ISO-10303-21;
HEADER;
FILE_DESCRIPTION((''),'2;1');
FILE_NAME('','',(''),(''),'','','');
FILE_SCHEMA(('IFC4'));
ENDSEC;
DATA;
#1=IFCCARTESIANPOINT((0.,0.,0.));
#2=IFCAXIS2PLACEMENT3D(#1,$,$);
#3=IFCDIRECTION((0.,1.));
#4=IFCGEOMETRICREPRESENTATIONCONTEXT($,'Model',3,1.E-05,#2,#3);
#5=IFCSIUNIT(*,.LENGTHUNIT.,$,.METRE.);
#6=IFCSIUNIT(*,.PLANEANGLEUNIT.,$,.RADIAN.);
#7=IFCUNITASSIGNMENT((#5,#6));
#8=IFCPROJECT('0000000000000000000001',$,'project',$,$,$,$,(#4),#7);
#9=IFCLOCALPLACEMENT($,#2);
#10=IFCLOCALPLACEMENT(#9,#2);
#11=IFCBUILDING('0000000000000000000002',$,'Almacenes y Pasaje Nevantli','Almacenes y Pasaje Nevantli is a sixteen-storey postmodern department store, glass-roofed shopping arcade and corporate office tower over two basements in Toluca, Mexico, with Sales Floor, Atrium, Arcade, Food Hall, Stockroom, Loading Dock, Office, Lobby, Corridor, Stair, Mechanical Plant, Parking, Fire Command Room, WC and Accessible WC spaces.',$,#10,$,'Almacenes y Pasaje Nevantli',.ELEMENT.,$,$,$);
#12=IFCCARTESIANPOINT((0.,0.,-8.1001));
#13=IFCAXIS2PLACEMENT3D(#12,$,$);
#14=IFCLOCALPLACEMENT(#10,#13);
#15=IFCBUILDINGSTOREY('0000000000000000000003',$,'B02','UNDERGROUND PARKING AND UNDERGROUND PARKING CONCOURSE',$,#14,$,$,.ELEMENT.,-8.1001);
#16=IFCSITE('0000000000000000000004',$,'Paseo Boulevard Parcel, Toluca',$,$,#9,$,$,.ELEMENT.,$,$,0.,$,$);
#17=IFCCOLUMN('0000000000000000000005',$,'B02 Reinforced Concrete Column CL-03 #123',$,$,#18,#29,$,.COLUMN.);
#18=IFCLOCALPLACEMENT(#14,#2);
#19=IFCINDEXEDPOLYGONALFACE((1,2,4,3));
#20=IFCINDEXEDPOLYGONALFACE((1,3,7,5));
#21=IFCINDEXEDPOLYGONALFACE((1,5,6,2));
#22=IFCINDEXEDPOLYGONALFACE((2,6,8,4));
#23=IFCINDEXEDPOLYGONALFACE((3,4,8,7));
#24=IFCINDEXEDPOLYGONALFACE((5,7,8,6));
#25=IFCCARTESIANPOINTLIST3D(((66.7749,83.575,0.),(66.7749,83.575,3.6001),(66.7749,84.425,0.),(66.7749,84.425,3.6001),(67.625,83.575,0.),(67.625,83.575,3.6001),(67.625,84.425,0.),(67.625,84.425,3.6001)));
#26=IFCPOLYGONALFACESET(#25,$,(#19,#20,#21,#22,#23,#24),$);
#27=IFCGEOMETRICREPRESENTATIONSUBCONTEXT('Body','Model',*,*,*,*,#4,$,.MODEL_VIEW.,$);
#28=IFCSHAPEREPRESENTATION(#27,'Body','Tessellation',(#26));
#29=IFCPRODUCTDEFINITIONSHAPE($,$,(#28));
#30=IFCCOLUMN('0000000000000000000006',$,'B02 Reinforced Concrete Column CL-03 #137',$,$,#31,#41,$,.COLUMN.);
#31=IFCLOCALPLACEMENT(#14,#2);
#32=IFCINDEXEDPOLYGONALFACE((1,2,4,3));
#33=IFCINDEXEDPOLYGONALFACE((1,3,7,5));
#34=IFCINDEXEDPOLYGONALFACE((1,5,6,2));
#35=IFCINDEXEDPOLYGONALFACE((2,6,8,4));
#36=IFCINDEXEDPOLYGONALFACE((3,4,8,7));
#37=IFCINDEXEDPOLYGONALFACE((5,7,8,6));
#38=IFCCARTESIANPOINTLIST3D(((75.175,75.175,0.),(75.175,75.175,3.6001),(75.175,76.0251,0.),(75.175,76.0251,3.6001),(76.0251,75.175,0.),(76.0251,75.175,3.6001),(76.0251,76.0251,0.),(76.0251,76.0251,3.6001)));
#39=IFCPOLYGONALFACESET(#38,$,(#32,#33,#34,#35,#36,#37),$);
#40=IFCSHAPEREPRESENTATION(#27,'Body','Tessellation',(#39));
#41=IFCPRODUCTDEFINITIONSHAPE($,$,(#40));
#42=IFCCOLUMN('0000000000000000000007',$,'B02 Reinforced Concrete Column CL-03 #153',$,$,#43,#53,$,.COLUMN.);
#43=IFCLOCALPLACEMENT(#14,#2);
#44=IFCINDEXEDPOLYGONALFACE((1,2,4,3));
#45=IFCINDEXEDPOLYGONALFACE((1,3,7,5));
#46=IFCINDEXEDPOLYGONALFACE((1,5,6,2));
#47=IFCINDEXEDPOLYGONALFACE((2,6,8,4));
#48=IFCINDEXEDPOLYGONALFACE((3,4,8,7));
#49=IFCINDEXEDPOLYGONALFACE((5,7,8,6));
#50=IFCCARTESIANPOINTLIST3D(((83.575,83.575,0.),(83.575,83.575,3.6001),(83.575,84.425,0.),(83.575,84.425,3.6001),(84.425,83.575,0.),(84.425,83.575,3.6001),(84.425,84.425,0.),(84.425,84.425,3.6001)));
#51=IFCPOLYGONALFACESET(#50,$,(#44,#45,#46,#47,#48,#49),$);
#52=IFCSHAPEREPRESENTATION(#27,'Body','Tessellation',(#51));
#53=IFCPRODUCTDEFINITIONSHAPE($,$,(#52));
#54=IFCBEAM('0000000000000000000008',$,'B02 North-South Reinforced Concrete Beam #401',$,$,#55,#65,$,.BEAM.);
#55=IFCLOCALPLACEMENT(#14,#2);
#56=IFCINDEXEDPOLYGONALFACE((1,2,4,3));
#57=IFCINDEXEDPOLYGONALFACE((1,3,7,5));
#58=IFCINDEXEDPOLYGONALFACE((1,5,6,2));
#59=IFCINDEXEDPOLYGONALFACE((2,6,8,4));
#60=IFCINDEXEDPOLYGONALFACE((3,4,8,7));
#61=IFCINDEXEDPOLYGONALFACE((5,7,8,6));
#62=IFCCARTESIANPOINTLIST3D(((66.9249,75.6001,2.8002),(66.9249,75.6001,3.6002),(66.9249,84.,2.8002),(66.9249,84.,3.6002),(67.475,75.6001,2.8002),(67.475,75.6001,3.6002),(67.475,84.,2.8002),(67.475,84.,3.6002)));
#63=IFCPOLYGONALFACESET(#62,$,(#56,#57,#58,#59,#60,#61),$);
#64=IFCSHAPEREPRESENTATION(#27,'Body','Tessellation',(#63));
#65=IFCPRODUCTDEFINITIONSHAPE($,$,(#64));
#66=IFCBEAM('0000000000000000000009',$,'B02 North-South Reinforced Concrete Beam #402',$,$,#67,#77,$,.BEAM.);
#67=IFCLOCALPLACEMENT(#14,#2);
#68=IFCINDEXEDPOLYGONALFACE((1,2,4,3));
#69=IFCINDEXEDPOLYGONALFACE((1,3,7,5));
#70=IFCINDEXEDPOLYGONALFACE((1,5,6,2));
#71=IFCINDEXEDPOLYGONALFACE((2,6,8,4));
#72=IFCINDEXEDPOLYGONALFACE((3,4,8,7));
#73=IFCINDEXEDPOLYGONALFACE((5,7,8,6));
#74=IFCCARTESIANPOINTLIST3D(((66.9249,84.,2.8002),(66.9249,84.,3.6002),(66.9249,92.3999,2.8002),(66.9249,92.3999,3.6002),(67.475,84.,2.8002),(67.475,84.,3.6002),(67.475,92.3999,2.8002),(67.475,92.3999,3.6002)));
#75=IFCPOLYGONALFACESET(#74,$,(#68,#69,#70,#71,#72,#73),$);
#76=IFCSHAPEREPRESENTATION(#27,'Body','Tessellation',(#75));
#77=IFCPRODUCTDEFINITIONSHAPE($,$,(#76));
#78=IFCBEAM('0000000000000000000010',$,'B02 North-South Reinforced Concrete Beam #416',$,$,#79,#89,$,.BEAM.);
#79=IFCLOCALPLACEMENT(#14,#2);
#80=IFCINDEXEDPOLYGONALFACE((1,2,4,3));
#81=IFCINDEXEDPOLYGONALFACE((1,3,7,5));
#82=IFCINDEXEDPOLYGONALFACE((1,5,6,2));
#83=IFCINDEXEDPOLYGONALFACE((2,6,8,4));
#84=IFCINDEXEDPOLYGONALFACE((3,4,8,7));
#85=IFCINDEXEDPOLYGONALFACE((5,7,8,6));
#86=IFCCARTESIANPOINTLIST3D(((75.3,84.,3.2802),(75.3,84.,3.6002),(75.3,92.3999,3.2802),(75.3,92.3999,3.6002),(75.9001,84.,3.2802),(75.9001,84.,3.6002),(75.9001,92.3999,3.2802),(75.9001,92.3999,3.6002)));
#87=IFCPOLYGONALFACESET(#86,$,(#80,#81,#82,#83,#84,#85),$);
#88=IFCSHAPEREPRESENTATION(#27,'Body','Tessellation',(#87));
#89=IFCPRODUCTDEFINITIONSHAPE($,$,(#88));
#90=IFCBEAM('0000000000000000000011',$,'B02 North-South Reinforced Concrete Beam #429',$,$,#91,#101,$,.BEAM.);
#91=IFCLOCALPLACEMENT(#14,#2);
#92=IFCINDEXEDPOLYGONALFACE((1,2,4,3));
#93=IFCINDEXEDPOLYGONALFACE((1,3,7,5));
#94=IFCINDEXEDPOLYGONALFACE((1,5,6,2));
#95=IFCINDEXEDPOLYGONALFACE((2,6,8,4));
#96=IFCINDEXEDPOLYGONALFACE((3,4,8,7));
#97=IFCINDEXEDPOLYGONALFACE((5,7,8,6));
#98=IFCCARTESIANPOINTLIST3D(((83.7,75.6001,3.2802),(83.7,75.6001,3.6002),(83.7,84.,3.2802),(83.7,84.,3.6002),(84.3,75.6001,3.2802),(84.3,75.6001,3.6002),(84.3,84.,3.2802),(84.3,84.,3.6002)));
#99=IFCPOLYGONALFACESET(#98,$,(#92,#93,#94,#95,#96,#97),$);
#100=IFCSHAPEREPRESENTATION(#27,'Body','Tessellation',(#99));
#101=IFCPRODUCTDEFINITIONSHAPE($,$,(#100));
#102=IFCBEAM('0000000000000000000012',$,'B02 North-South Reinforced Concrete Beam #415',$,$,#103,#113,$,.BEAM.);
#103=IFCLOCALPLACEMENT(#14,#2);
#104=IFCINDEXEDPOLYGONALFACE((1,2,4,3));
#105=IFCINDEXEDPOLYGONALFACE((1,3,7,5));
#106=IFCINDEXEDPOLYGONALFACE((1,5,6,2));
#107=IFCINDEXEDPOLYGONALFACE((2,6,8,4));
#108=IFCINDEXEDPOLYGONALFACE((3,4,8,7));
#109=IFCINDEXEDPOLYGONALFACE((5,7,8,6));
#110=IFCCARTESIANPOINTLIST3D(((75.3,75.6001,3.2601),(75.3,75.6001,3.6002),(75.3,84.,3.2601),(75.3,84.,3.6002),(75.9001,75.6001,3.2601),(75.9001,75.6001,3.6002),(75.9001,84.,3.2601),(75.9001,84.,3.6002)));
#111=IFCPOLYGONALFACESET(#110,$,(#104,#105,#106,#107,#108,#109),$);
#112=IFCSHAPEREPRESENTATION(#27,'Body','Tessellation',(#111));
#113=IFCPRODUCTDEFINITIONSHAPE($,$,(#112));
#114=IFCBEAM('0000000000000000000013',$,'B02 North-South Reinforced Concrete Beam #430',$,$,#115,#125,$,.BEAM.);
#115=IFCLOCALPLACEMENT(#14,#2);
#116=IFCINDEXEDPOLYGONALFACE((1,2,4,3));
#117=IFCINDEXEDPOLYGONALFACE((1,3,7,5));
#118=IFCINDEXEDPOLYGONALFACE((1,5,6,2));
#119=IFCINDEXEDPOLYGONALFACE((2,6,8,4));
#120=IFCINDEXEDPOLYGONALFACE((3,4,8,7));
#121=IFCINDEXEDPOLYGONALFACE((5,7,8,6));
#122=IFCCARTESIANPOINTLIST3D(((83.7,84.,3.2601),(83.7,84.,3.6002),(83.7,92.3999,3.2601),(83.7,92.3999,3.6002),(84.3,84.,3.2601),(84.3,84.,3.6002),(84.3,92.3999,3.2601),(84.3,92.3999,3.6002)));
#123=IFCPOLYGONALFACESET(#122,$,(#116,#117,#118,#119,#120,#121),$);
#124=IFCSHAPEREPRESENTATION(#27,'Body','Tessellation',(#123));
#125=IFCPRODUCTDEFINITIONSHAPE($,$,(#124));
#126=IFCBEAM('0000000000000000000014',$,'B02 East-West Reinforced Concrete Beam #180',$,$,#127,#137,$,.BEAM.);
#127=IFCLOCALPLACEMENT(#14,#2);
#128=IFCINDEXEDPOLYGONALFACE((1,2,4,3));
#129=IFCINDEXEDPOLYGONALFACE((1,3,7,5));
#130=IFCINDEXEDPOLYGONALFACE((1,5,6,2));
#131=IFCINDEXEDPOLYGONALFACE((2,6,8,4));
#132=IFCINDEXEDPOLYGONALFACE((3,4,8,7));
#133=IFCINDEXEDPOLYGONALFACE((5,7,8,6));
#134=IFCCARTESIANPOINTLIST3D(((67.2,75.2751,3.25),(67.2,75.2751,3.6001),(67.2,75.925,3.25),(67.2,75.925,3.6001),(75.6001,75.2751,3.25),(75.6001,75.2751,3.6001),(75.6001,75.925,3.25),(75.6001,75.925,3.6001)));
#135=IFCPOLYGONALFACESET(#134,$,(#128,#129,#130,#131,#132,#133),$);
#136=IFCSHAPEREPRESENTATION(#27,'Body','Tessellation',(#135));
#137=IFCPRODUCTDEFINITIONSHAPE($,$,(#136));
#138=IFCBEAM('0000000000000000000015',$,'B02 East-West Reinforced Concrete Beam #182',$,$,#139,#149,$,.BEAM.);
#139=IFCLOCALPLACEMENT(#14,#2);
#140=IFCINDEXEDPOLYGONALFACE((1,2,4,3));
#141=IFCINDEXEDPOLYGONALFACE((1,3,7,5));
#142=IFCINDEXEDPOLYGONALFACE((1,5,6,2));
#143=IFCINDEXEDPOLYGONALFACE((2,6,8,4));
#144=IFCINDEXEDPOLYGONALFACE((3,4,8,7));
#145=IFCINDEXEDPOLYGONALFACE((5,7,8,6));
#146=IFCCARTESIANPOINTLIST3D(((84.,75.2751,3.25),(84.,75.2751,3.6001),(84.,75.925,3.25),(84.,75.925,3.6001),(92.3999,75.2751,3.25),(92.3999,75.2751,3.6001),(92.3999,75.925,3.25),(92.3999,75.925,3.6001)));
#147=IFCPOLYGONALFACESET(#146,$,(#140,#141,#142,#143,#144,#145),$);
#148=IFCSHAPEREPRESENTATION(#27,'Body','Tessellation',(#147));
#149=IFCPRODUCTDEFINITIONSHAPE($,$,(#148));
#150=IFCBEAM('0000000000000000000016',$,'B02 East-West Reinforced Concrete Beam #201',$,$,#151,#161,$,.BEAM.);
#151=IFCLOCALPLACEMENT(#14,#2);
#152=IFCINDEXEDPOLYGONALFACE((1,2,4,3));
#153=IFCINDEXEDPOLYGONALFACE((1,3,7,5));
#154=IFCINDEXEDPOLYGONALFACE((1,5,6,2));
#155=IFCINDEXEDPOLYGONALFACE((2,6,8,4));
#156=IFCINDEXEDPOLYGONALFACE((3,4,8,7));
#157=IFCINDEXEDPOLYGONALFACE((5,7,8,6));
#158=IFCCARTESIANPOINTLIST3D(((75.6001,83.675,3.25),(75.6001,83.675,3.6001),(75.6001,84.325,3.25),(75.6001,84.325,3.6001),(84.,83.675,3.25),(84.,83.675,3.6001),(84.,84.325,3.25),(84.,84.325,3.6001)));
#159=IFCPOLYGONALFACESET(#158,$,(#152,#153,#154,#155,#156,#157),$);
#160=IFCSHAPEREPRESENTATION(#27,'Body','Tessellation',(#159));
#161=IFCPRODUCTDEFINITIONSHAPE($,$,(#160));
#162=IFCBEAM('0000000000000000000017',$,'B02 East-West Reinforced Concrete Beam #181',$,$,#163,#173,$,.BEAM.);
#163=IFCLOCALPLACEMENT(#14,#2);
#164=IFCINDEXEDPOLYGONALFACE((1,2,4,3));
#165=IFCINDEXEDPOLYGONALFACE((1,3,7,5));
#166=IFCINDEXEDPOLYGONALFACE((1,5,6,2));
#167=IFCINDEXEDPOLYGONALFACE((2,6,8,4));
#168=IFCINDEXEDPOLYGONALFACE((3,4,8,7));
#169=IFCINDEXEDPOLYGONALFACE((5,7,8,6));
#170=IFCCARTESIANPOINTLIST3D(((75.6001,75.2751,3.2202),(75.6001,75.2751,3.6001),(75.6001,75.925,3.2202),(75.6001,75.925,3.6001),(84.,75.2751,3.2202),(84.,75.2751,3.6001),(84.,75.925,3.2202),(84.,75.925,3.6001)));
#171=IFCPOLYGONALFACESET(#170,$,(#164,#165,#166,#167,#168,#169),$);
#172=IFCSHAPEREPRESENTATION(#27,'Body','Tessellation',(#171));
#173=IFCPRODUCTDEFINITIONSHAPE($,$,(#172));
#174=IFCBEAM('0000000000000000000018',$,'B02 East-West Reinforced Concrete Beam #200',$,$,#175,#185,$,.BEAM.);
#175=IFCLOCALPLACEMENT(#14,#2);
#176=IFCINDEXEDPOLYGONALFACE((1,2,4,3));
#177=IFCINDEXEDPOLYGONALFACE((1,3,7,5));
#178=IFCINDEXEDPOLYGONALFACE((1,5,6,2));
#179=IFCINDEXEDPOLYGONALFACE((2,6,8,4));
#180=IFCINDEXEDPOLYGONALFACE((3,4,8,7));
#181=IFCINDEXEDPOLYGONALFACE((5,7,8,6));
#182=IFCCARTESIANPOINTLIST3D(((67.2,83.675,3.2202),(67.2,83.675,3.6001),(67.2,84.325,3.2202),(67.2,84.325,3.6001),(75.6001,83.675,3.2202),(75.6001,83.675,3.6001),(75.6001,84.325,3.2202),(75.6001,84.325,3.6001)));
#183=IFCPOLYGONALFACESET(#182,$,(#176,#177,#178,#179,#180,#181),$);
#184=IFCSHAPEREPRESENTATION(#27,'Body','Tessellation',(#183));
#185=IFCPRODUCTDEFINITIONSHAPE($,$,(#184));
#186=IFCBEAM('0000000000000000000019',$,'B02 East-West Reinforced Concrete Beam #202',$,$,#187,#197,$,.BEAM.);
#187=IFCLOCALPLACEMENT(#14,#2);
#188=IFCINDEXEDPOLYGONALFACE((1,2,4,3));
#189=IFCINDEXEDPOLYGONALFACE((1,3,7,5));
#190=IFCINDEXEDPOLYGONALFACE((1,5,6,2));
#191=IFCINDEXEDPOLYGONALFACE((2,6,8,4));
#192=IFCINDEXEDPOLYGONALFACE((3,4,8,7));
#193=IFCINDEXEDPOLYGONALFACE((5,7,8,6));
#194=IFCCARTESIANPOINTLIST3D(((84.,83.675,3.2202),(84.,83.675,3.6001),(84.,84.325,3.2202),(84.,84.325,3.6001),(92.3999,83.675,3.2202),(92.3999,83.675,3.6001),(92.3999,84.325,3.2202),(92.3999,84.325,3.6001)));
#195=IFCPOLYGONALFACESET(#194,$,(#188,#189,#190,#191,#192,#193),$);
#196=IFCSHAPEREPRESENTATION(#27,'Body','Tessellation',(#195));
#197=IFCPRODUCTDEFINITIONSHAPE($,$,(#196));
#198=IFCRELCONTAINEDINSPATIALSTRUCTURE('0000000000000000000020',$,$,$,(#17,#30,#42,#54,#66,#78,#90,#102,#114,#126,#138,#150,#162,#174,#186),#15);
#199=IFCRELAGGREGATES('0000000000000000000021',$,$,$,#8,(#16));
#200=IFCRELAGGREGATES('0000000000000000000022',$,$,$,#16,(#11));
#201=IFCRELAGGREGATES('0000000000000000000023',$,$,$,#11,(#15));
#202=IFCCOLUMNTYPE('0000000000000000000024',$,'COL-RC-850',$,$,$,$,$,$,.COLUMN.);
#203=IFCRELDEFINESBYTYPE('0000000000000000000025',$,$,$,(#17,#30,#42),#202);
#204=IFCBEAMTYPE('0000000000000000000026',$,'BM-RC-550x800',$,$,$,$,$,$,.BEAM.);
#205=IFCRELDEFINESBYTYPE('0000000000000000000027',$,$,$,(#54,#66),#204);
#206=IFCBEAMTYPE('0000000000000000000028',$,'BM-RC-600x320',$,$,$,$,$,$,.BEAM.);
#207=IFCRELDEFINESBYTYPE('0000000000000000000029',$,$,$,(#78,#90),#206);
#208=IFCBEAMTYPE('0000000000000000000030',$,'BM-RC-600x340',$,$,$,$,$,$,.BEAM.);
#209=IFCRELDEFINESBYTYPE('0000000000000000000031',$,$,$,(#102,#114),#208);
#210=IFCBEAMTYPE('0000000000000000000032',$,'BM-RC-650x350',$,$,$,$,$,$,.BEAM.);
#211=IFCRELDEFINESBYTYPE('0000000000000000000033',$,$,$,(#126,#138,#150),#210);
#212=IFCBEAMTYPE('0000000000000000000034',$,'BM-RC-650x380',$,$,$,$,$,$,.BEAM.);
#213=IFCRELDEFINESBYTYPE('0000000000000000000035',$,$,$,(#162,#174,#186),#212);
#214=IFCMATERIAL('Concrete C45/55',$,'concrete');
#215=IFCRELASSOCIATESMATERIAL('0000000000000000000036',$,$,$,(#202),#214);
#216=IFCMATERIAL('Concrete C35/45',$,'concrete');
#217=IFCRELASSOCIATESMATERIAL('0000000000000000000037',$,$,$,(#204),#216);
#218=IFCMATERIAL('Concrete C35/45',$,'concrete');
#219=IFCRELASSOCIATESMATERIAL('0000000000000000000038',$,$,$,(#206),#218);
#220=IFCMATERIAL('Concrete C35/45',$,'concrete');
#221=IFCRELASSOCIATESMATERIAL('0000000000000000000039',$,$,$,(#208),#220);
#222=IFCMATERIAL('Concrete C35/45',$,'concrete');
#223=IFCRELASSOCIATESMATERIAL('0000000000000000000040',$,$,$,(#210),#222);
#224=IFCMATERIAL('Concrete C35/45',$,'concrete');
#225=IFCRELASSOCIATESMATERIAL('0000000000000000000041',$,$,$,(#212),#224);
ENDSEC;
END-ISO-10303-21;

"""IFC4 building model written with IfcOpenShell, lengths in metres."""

from ifc_helpers import new_model, si_unit, direction, frame, origin, origin_2d, place, context, subcontext, project, spatial, rectangle, extrude, material, material_profile, profile_set, type_object, element, save


model = new_model("IFC4")

# Units and contexts
model_context = context("Model", 3, precision=1e-05, world=origin(), true_north=direction((0.0, 1.0)))
body_context = subcontext(model_context, "Body", "Model", "MODEL_VIEW")
ifc_project = project(units=[si_unit("LENGTHUNIT", "METRE"), si_unit("PLANEANGLEUNIT", "RADIAN")], contexts=[model_context])

# Site, building, storey
site_placement = place(None, origin())
site = spatial("IfcSite", under=ifc_project, at=site_placement, Name="Paseo Boulevard Parcel, Toluca", CompositionType="ELEMENT", RefElevation=0.0)
building_placement = place(site_placement, origin())
building = spatial("IfcBuilding", under=site, at=building_placement, Name="Almacenes y Pasaje Nevantli", Description="Almacenes y Pasaje Nevantli is a sixteen-storey postmodern department store, glass-roofed shopping arcade and corporate office tower over two basements in Toluca, Mexico, with Sales Floor, Atrium, Arcade, Food Hall, Stockroom, Loading Dock, Office, Lobby, Corridor, Stair, Mechanical Plant, Parking, Fire Command Room, WC and Accessible WC spaces.", LongName="Almacenes y Pasaje Nevantli", CompositionType="ELEMENT")
storey_placement = place(building_placement, frame((0.0, 0.0, -8.1001)))
storey = spatial("IfcBuildingStorey", under=building, at=storey_placement, Name="B02", Description="UNDERGROUND PARKING AND UNDERGROUND PARKING CONCOURSE", CompositionType="ELEMENT", Elevation=-8.1001)

# Columns
ifc_material_1 = material(Name="Concrete C45/55", Category="concrete")
ifc_material_profile_1 = material_profile(ifc_material_1, rectangle(XDim=0.8501, YDim=0.8501, at=origin_2d()), Name="RC-COL-850x850")
ifc_profile_set_1 = profile_set([ifc_material_profile_1], Name="Concrete C45/55")
column_type_1 = type_object("IfcColumnType", Name="COL-RC-850", PredefinedType="COLUMN", material=ifc_profile_set_1)
for number, where, z_axis, x_axis, name in (
    (1, (67.2, 84.0, 0.0), (0.0, 0.0, 1.0), (1.0, 0.0, 0.0), "B02 Reinforced Concrete Column CL-03 #123"),
    (2, (75.6001, 75.6001, 0.0), (0.0, 0.0, 1.0), (1.0, 0.0, 0.0), "B02 Reinforced Concrete Column CL-03 #137"),
    (3, (84.0, 84.0, 0.0), (0.0, 0.0, 1.0), (1.0, 0.0, 0.0), "B02 Reinforced Concrete Column CL-03 #153"),
):
    element("IfcColumn", number, at=place(storey_placement, frame(where, z_axis=z_axis, x_axis=x_axis)), inside=storey, type_object=column_type_1, Name=name, PredefinedType="COLUMN", context=body_context, shape_type="SweptSolid", body=[
        extrude(rectangle(XDim=0.8501, YDim=0.8501, at=origin_2d()), origin(), (0.0, 0.0, 1.0), 3.6001),
    ])

# Beams
ifc_material_2 = material(Name="Concrete C35/45", Category="concrete")
ifc_material_profile_2 = material_profile(ifc_material_2, rectangle(XDim=0.55, YDim=0.8, at=origin_2d()), Name="RC-BM-550x800")
ifc_profile_set_2 = profile_set([ifc_material_profile_2], Name="Concrete C35/45")
beam_type_1 = type_object("IfcBeamType", Name="BM-RC-550x800", PredefinedType="BEAM", material=ifc_profile_set_2)
for number, where, z_axis, x_axis, name in (
    (4, (67.2, 75.6001, 3.2002), (0.0, 1.0, 0.0), (-1.0, 0.0, 0.0), "B02 North-South Reinforced Concrete Beam #401"),
    (5, (67.2, 84.0, 3.2002), (0.0, 1.0, 0.0), (-1.0, 0.0, 0.0), "B02 North-South Reinforced Concrete Beam #402"),
):
    element("IfcBeam", number, at=place(storey_placement, frame(where, z_axis=z_axis, x_axis=x_axis)), inside=storey, type_object=beam_type_1, Name=name, PredefinedType="BEAM", context=body_context, shape_type="SweptSolid", body=[
        extrude(rectangle(XDim=0.55, YDim=0.8, at=origin_2d()), origin(), (0.0, 0.0, 1.0), 8.3999),
    ])
ifc_material_3 = material(Name="Concrete C35/45", Category="concrete")
ifc_material_profile_3 = material_profile(ifc_material_3, rectangle(XDim=0.6001, YDim=0.3201, at=origin_2d()), Name="RC-BM-600x320")
ifc_profile_set_3 = profile_set([ifc_material_profile_3], Name="Concrete C35/45")
beam_type_2 = type_object("IfcBeamType", Name="BM-RC-600x320", PredefinedType="BEAM", material=ifc_profile_set_3)
for number, where, z_axis, x_axis, name in (
    (6, (75.6001, 84.0, 3.4402), (0.0, 1.0, 0.0), (-1.0, 0.0, 0.0), "B02 North-South Reinforced Concrete Beam #416"),
    (7, (84.0, 75.6001, 3.4402), (0.0, 1.0, 0.0), (-1.0, 0.0, 0.0), "B02 North-South Reinforced Concrete Beam #429"),
):
    element("IfcBeam", number, at=place(storey_placement, frame(where, z_axis=z_axis, x_axis=x_axis)), inside=storey, type_object=beam_type_2, Name=name, PredefinedType="BEAM", context=body_context, shape_type="SweptSolid", body=[
        extrude(rectangle(XDim=0.6001, YDim=0.3201, at=origin_2d()), origin(), (0.0, 0.0, 1.0), 8.3999),
    ])
ifc_material_4 = material(Name="Concrete C35/45", Category="concrete")
ifc_material_profile_4 = material_profile(ifc_material_4, rectangle(XDim=0.6001, YDim=0.3401, at=origin_2d()), Name="RC-BM-600x340")
ifc_profile_set_4 = profile_set([ifc_material_profile_4], Name="Concrete C35/45")
beam_type_3 = type_object("IfcBeamType", Name="BM-RC-600x340", PredefinedType="BEAM", material=ifc_profile_set_4)
for number, where, z_axis, x_axis, name in (
    (8, (75.6001, 75.6001, 3.4302), (0.0, 1.0, 0.0), (-1.0, 0.0, 0.0), "B02 North-South Reinforced Concrete Beam #415"),
    (9, (84.0, 84.0, 3.4302), (0.0, 1.0, 0.0), (-1.0, 0.0, 0.0), "B02 North-South Reinforced Concrete Beam #430"),
):
    element("IfcBeam", number, at=place(storey_placement, frame(where, z_axis=z_axis, x_axis=x_axis)), inside=storey, type_object=beam_type_3, Name=name, PredefinedType="BEAM", context=body_context, shape_type="SweptSolid", body=[
        extrude(rectangle(XDim=0.6001, YDim=0.3401, at=origin_2d()), origin(), (0.0, 0.0, 1.0), 8.3999),
    ])
ifc_material_5 = material(Name="Concrete C35/45", Category="concrete")
ifc_material_profile_5 = material_profile(ifc_material_5, rectangle(XDim=0.6499, YDim=0.3501, at=origin_2d()), Name="RC-BM-650x350")
ifc_profile_set_5 = profile_set([ifc_material_profile_5], Name="Concrete C35/45")
beam_type_4 = type_object("IfcBeamType", Name="BM-RC-650x350", PredefinedType="BEAM", material=ifc_profile_set_5)
beam_1_placement = place(storey_placement, frame((67.2, 75.6001, 3.425), z_axis=(1.0, 0.0, 0.0), x_axis=(0.0, 1.0, 0.0)))
element("IfcBeam", 10, at=beam_1_placement, inside=storey, type_object=beam_type_4, Name="B02 East-West Reinforced Concrete Beam #180", PredefinedType="BEAM", context=body_context, shape_type="SweptSolid", body=[
    extrude(rectangle(XDim=0.6499, YDim=0.3501, at=origin_2d()), origin(), (0.0, 0.0, 1.0), 8.4001),
])
for number, where, z_axis, x_axis, name in (
    (11, (84.0, 75.6001, 3.425), (1.0, 0.0, 0.0), (0.0, 1.0, 0.0), "B02 East-West Reinforced Concrete Beam #182"),
    (12, (75.6001, 84.0, 3.425), (1.0, 0.0, 0.0), (0.0, 1.0, 0.0), "B02 East-West Reinforced Concrete Beam #201"),
):
    element("IfcBeam", number, at=place(storey_placement, frame(where, z_axis=z_axis, x_axis=x_axis)), inside=storey, type_object=beam_type_4, Name=name, PredefinedType="BEAM", context=body_context, shape_type="SweptSolid", body=[
        extrude(rectangle(XDim=0.6499, YDim=0.3501, at=origin_2d()), origin(), (0.0, 0.0, 1.0), 8.3999),
    ])
ifc_material_6 = material(Name="Concrete C35/45", Category="concrete")
ifc_material_profile_6 = material_profile(ifc_material_6, rectangle(XDim=0.6499, YDim=0.3799, at=origin_2d()), Name="RC-BM-650x380")
ifc_profile_set_6 = profile_set([ifc_material_profile_6], Name="Concrete C35/45")
beam_type_5 = type_object("IfcBeamType", Name="BM-RC-650x380", PredefinedType="BEAM", material=ifc_profile_set_6)
beam_2_placement = place(storey_placement, frame((75.6001, 75.6001, 3.4102), z_axis=(1.0, 0.0, 0.0), x_axis=(0.0, 1.0, 0.0)))
element("IfcBeam", 13, at=beam_2_placement, inside=storey, type_object=beam_type_5, Name="B02 East-West Reinforced Concrete Beam #181", PredefinedType="BEAM", context=body_context, shape_type="SweptSolid", body=[
    extrude(rectangle(XDim=0.6499, YDim=0.3799, at=origin_2d()), origin(), (0.0, 0.0, 1.0), 8.3999),
])
beam_3_placement = place(storey_placement, frame((67.2, 84.0, 3.4102), z_axis=(1.0, 0.0, 0.0), x_axis=(0.0, 1.0, 0.0)))
element("IfcBeam", 14, at=beam_3_placement, inside=storey, type_object=beam_type_5, Name="B02 East-West Reinforced Concrete Beam #200", PredefinedType="BEAM", context=body_context, shape_type="SweptSolid", body=[
    extrude(rectangle(XDim=0.6499, YDim=0.3799, at=origin_2d()), origin(), (0.0, 0.0, 1.0), 8.4001),
])
beam_4_placement = place(storey_placement, frame((84.0, 84.0, 3.4102), z_axis=(1.0, 0.0, 0.0), x_axis=(0.0, 1.0, 0.0)))
element("IfcBeam", 15, at=beam_4_placement, inside=storey, type_object=beam_type_5, Name="B02 East-West Reinforced Concrete Beam #202", PredefinedType="BEAM", context=body_context, shape_type="SweptSolid", body=[
    extrude(rectangle(XDim=0.6499, YDim=0.3799, at=origin_2d()), origin(), (0.0, 0.0, 1.0), 8.3999),
])

save(model, "model.ifc")
